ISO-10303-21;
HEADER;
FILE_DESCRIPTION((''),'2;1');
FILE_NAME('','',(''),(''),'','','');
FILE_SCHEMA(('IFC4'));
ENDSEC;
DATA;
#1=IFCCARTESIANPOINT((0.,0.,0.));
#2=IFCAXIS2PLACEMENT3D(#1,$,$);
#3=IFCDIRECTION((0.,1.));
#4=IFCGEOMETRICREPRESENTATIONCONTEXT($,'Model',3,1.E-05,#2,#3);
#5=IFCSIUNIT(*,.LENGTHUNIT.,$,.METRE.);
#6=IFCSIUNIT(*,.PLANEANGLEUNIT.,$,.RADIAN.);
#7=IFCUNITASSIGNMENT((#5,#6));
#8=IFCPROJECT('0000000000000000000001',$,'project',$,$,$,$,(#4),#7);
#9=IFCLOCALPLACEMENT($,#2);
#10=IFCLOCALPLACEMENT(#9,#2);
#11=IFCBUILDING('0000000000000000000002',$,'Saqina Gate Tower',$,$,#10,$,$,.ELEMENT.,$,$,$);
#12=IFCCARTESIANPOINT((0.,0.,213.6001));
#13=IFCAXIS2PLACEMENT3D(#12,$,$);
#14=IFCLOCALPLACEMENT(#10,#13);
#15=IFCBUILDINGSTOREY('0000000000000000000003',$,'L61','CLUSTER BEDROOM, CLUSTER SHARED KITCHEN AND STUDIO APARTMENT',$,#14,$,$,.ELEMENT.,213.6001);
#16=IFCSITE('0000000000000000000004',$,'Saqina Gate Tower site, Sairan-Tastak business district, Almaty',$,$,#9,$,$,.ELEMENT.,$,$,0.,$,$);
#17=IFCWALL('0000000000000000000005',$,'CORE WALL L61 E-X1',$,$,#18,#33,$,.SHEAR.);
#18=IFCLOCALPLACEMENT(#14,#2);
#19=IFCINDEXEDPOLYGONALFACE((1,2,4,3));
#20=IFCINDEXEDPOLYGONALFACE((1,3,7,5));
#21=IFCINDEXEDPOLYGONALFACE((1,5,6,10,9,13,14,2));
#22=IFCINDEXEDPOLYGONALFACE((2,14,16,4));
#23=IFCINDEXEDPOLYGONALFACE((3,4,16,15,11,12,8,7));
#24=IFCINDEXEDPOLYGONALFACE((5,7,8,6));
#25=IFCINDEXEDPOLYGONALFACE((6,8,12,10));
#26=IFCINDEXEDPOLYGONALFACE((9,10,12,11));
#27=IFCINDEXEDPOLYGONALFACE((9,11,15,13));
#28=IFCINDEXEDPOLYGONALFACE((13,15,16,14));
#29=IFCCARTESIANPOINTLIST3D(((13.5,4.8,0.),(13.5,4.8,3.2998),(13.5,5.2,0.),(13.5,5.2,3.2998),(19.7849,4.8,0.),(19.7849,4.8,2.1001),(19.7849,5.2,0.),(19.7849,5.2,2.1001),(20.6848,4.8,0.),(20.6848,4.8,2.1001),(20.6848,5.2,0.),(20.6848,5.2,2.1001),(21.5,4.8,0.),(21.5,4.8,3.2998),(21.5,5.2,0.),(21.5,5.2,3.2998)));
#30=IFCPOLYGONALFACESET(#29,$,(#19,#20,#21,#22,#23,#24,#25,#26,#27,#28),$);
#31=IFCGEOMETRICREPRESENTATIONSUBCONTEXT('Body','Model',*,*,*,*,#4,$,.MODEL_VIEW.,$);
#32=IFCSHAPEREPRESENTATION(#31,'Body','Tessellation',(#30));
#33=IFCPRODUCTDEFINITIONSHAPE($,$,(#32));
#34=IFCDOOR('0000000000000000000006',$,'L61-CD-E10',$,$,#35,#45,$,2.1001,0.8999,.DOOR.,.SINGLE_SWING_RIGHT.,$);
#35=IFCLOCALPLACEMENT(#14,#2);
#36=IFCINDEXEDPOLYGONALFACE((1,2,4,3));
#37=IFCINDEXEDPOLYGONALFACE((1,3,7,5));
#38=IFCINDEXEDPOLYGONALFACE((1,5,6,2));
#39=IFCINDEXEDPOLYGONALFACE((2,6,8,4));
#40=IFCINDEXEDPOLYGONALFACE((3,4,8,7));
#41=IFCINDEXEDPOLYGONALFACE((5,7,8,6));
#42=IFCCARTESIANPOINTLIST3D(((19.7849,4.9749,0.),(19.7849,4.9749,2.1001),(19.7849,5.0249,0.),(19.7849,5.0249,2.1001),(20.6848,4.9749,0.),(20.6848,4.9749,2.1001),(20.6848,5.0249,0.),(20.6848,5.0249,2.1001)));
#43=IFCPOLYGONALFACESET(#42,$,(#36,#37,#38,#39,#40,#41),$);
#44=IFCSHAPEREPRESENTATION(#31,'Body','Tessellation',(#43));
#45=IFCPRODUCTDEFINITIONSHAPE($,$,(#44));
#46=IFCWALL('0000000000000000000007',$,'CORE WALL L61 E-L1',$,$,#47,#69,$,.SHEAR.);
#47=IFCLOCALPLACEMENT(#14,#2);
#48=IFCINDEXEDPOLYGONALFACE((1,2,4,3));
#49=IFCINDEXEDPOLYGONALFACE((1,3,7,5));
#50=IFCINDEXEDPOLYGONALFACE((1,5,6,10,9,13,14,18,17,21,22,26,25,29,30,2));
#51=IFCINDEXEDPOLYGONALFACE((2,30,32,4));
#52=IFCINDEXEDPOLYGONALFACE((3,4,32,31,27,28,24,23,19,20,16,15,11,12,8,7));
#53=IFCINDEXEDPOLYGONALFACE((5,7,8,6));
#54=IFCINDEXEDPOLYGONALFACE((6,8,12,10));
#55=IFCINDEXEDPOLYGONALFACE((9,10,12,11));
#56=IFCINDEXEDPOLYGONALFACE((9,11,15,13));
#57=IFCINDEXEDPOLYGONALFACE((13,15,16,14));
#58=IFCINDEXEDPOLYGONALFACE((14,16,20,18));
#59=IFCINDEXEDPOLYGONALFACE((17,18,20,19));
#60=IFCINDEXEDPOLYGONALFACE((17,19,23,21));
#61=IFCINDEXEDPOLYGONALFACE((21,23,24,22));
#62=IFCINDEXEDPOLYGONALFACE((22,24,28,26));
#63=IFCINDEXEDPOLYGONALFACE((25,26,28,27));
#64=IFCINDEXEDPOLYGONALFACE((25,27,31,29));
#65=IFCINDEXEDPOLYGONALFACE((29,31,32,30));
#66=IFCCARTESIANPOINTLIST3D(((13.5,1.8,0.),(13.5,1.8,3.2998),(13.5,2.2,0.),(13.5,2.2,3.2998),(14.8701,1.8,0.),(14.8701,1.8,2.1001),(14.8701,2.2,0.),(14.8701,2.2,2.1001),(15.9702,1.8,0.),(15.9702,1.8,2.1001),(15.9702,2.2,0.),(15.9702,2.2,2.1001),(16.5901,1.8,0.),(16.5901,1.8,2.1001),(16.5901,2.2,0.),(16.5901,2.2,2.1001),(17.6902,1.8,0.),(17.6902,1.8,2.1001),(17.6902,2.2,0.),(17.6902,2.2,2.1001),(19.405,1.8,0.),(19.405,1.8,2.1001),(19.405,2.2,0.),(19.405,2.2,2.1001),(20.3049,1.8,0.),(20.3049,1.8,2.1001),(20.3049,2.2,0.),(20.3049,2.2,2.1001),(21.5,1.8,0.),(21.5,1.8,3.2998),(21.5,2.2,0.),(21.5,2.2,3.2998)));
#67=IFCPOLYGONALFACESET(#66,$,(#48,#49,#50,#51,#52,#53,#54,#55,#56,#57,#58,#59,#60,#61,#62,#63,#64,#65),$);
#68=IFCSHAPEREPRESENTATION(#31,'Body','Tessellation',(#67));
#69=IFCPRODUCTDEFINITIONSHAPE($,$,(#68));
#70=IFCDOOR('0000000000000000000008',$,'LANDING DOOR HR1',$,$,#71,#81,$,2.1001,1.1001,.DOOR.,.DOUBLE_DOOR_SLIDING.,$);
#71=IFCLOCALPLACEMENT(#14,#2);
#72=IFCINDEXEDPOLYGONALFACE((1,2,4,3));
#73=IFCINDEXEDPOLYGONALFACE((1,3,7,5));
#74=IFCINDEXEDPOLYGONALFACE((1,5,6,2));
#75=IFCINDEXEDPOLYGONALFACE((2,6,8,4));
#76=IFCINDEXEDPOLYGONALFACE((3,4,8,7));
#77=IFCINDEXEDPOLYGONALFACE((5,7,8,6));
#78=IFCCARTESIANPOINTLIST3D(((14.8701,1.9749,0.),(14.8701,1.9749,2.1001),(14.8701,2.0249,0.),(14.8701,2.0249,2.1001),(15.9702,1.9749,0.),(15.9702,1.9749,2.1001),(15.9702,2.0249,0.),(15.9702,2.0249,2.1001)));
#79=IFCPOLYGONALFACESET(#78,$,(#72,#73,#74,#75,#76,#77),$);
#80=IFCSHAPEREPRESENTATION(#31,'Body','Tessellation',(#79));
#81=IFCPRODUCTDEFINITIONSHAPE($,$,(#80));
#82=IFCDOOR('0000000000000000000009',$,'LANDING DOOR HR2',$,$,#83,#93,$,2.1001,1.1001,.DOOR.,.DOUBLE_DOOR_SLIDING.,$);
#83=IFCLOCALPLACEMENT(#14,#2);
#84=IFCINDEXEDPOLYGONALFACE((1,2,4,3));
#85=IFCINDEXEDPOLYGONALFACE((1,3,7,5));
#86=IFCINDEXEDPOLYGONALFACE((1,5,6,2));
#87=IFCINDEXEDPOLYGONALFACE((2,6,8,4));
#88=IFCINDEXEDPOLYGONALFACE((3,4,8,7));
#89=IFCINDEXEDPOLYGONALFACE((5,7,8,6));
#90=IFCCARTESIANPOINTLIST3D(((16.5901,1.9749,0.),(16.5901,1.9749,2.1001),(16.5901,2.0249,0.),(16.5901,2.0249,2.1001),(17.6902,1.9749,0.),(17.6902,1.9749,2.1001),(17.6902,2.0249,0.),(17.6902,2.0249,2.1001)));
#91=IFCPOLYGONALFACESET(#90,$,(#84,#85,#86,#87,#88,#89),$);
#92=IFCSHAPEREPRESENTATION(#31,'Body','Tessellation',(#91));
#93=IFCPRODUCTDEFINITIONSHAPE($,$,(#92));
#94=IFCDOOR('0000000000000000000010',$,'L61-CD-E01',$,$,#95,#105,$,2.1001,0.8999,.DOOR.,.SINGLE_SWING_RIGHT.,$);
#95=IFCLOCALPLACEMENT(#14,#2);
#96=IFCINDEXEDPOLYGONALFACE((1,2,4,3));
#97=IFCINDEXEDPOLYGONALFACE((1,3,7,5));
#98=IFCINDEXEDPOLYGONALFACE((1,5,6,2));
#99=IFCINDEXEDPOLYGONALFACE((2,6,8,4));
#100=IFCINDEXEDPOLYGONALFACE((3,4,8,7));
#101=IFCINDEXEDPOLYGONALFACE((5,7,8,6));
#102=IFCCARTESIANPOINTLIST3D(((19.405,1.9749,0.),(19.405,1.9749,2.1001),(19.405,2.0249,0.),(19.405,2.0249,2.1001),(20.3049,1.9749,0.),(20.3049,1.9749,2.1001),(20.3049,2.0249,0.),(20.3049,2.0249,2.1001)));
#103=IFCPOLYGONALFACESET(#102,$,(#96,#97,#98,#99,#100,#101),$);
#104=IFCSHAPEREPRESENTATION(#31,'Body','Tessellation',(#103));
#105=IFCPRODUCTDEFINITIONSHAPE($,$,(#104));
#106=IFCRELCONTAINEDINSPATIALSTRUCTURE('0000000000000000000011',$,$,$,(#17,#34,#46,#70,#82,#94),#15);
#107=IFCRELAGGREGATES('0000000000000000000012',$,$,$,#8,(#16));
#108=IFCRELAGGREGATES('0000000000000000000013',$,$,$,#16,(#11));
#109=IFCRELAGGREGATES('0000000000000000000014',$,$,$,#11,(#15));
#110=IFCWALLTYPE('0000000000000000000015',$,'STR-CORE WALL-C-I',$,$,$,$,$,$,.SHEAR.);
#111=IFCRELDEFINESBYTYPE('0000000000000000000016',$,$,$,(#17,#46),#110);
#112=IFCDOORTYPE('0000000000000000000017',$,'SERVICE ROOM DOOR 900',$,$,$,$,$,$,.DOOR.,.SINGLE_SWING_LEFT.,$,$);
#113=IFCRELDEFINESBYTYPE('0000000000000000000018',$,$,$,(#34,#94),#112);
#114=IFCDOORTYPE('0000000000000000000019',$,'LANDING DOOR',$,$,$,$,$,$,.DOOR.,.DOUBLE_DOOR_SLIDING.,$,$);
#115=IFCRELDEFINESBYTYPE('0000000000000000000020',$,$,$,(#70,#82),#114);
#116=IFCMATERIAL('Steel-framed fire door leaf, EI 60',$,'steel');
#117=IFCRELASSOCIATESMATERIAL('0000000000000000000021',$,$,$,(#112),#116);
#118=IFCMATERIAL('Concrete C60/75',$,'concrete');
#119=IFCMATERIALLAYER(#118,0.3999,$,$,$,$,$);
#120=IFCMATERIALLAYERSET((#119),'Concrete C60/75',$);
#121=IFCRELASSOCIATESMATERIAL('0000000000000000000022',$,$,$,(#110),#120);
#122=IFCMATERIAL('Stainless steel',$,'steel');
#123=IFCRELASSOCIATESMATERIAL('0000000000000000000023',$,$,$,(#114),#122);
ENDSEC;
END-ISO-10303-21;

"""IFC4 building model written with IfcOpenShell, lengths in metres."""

from ifc_helpers import new_model, si_unit, direction, frame, frame_2d, origin, place, context, subcontext, project, spatial, rectangle, extrude, material, layer, layer_set, type_object, element, fill, save


model = new_model("IFC4")

# Units and contexts
model_context = context("Model", 3, precision=1e-05, world=origin(), true_north=direction((0.0, 1.0)))
body_context = subcontext(model_context, "Body", "Model", "MODEL_VIEW")
ifc_project = project(units=[si_unit("LENGTHUNIT", "METRE"), si_unit("PLANEANGLEUNIT", "RADIAN")], contexts=[model_context])

# Site, building, storey
site_placement = place(None, origin())
site = spatial("IfcSite", under=ifc_project, at=site_placement, Name="Saqina Gate Tower site, Sairan-Tastak business district, Almaty", CompositionType="ELEMENT", RefElevation=0.0)
building_placement = place(site_placement, origin())
building = spatial("IfcBuilding", under=site, at=building_placement, Name="Saqina Gate Tower", CompositionType="ELEMENT")
storey_placement = place(building_placement, frame((0.0, 0.0, 213.6001)))
storey = spatial("IfcBuildingStorey", under=building, at=storey_placement, Name="L61", Description="CLUSTER BEDROOM, CLUSTER SHARED KITCHEN AND STUDIO APARTMENT", CompositionType="ELEMENT", Elevation=213.6001)

# Shared definitions
ifc_material_1 = material(Name="Steel-framed fire door leaf, EI 60", Category="steel")
door_type_1 = type_object("IfcDoorType", Name="SERVICE ROOM DOOR 900", OperationType="SINGLE_SWING_LEFT", PredefinedType="DOOR", material=ifc_material_1)

# Wall, opening, door
ifc_material_2 = material(Name="Concrete C60/75", Category="concrete")
ifc_layer_1 = layer(ifc_material_2, 0.3999)
ifc_layer_set_1 = layer_set([ifc_layer_1], Name="Concrete C60/75")
wall_type_1 = type_object("IfcWallType", Name="STR-CORE WALL-C-I", PredefinedType="SHEAR", material=ifc_layer_set_1)
wall_1_placement = place(storey_placement, frame((13.5, 5.0, 0.0), z_axis=(0.0, 0.0, 1.0), x_axis=(1.0, 0.0, 0.0)))
wall_1 = element("IfcWall", 1, at=wall_1_placement, inside=storey, type_object=wall_type_1, Name="CORE WALL L61 E-X1", PredefinedType="SHEAR", context=body_context, shape_type="SweptSolid", body=[
    extrude(rectangle(XDim=8.0, YDim=0.3999, at=frame_2d((4.0, 0.0))), origin(), (0.0, 0.0, 1.0), 3.2998),
])
opening_1_placement = place(wall_1_placement, frame((6.2849, 0.0, 0.0)))
opening_1 = element("IfcOpeningElement", 2, at=opening_1_placement, cuts=wall_1, PredefinedType="OPENING", context=body_context, shape_type="SweptSolid", body=[
    extrude(rectangle(XDim=0.8999, YDim=2.1001, at=frame_2d((0.45, 1.05))), frame((0.0, 0.2119, 0.0), z_axis=(0.0, -1.0, 0.0), x_axis=(1.0, 0.0, 0.0)), (0.0, 0.0, 1.0), 0.4238),
])
door_1_placement = place(opening_1_placement, origin())
door_1 = element("IfcDoor", 3, at=door_1_placement, inside=storey, type_object=door_type_1, Name="L61-CD-E10", OperationType="SINGLE_SWING_RIGHT", OverallHeight=2.1001, OverallWidth=0.8999, PredefinedType="DOOR", context=body_context, shape_type="SweptSolid", body=[
    extrude(rectangle(XDim=0.8999, YDim=2.1001, at=frame_2d((0.45, 1.05))), frame((0.0, 0.0249, 0.0), z_axis=(0.0, -1.0, 0.0), x_axis=(1.0, 0.0, 0.0)), (0.0, 0.0, 1.0), 0.05),
])
fill(opening_1, door_1)

# Wall, openings, doors
wall_2_placement = place(storey_placement, frame((13.5, 2.0, 0.0), z_axis=(0.0, 0.0, 1.0), x_axis=(1.0, 0.0, 0.0)))
wall_2 = element("IfcWall", 4, at=wall_2_placement, inside=storey, type_object=wall_type_1, Name="CORE WALL L61 E-L1", PredefinedType="SHEAR", context=body_context, shape_type="SweptSolid", body=[
    extrude(rectangle(XDim=8.0, YDim=0.3999, at=frame_2d((4.0, 0.0))), origin(), (0.0, 0.0, 1.0), 3.2998),
])
opening_2_placement = place(wall_2_placement, frame((1.3701, 0.0, 0.0)))
opening_2 = element("IfcOpeningElement", 5, at=opening_2_placement, cuts=wall_2, PredefinedType="OPENING", context=body_context, shape_type="SweptSolid", body=[
    extrude(rectangle(XDim=1.1001, YDim=2.1001, at=frame_2d((0.55, 1.05))), frame((0.0, 0.2119, 0.0), z_axis=(0.0, -1.0, 0.0), x_axis=(1.0, 0.0, 0.0)), (0.0, 0.0, 1.0), 0.4238),
])
opening_3_placement = place(wall_2_placement, frame((3.0901, 0.0, 0.0)))
opening_3 = element("IfcOpeningElement", 6, at=opening_3_placement, cuts=wall_2, PredefinedType="OPENING", context=body_context, shape_type="SweptSolid", body=[
    extrude(rectangle(XDim=1.1001, YDim=2.1001, at=frame_2d((0.55, 1.05))), frame((0.0, 0.2119, 0.0), z_axis=(0.0, -1.0, 0.0), x_axis=(1.0, 0.0, 0.0)), (0.0, 0.0, 1.0), 0.4238),
])
opening_4_placement = place(wall_2_placement, frame((5.905, 0.0, 0.0)))
opening_4 = element("IfcOpeningElement", 7, at=opening_4_placement, cuts=wall_2, PredefinedType="OPENING", context=body_context, shape_type="SweptSolid", body=[
    extrude(rectangle(XDim=0.8999, YDim=2.1001, at=frame_2d((0.45, 1.05))), frame((0.0, 0.2119, 0.0), z_axis=(0.0, -1.0, 0.0), x_axis=(1.0, 0.0, 0.0)), (0.0, 0.0, 1.0), 0.4238),
])
ifc_material_3 = material(Name="Stainless steel", Category="steel")
door_type_2 = type_object("IfcDoorType", Name="LANDING DOOR", OperationType="DOUBLE_DOOR_SLIDING", PredefinedType="DOOR", material=ifc_material_3)
door_2_placement = place(opening_2_placement, origin())
door_2 = element("IfcDoor", 8, at=door_2_placement, inside=storey, type_object=door_type_2, Name="LANDING DOOR HR1", OperationType="DOUBLE_DOOR_SLIDING", OverallHeight=2.1001, OverallWidth=1.1001, PredefinedType="DOOR", context=body_context, shape_type="SweptSolid", body=[
    extrude(rectangle(XDim=1.1001, YDim=2.1001, at=frame_2d((0.55, 1.05))), frame((0.0, 0.0249, 0.0), z_axis=(0.0, -1.0, 0.0), x_axis=(1.0, 0.0, 0.0)), (0.0, 0.0, 1.0), 0.05),
])
fill(opening_2, door_2)
door_3_placement = place(opening_3_placement, origin())
door_3 = element("IfcDoor", 9, at=door_3_placement, inside=storey, type_object=door_type_2, Name="LANDING DOOR HR2", OperationType="DOUBLE_DOOR_SLIDING", OverallHeight=2.1001, OverallWidth=1.1001, PredefinedType="DOOR", context=body_context, shape_type="SweptSolid", body=[
    extrude(rectangle(XDim=1.1001, YDim=2.1001, at=frame_2d((0.55, 1.05))), frame((0.0, 0.0249, 0.0), z_axis=(0.0, -1.0, 0.0), x_axis=(1.0, 0.0, 0.0)), (0.0, 0.0, 1.0), 0.05),
])
fill(opening_3, door_3)
door_4_placement = place(opening_4_placement, origin())
door_4 = element("IfcDoor", 10, at=door_4_placement, inside=storey, type_object=door_type_1, Name="L61-CD-E01", OperationType="SINGLE_SWING_RIGHT", OverallHeight=2.1001, OverallWidth=0.8999, PredefinedType="DOOR", context=body_context, shape_type="SweptSolid", body=[
    extrude(rectangle(XDim=0.8999, YDim=2.1001, at=frame_2d((0.45, 1.05))), frame((0.0, 0.0249, 0.0), z_axis=(0.0, -1.0, 0.0), x_axis=(1.0, 0.0, 0.0)), (0.0, 0.0, 1.0), 0.05),
])
fill(opening_4, door_4)

save(model, "model.ifc")
